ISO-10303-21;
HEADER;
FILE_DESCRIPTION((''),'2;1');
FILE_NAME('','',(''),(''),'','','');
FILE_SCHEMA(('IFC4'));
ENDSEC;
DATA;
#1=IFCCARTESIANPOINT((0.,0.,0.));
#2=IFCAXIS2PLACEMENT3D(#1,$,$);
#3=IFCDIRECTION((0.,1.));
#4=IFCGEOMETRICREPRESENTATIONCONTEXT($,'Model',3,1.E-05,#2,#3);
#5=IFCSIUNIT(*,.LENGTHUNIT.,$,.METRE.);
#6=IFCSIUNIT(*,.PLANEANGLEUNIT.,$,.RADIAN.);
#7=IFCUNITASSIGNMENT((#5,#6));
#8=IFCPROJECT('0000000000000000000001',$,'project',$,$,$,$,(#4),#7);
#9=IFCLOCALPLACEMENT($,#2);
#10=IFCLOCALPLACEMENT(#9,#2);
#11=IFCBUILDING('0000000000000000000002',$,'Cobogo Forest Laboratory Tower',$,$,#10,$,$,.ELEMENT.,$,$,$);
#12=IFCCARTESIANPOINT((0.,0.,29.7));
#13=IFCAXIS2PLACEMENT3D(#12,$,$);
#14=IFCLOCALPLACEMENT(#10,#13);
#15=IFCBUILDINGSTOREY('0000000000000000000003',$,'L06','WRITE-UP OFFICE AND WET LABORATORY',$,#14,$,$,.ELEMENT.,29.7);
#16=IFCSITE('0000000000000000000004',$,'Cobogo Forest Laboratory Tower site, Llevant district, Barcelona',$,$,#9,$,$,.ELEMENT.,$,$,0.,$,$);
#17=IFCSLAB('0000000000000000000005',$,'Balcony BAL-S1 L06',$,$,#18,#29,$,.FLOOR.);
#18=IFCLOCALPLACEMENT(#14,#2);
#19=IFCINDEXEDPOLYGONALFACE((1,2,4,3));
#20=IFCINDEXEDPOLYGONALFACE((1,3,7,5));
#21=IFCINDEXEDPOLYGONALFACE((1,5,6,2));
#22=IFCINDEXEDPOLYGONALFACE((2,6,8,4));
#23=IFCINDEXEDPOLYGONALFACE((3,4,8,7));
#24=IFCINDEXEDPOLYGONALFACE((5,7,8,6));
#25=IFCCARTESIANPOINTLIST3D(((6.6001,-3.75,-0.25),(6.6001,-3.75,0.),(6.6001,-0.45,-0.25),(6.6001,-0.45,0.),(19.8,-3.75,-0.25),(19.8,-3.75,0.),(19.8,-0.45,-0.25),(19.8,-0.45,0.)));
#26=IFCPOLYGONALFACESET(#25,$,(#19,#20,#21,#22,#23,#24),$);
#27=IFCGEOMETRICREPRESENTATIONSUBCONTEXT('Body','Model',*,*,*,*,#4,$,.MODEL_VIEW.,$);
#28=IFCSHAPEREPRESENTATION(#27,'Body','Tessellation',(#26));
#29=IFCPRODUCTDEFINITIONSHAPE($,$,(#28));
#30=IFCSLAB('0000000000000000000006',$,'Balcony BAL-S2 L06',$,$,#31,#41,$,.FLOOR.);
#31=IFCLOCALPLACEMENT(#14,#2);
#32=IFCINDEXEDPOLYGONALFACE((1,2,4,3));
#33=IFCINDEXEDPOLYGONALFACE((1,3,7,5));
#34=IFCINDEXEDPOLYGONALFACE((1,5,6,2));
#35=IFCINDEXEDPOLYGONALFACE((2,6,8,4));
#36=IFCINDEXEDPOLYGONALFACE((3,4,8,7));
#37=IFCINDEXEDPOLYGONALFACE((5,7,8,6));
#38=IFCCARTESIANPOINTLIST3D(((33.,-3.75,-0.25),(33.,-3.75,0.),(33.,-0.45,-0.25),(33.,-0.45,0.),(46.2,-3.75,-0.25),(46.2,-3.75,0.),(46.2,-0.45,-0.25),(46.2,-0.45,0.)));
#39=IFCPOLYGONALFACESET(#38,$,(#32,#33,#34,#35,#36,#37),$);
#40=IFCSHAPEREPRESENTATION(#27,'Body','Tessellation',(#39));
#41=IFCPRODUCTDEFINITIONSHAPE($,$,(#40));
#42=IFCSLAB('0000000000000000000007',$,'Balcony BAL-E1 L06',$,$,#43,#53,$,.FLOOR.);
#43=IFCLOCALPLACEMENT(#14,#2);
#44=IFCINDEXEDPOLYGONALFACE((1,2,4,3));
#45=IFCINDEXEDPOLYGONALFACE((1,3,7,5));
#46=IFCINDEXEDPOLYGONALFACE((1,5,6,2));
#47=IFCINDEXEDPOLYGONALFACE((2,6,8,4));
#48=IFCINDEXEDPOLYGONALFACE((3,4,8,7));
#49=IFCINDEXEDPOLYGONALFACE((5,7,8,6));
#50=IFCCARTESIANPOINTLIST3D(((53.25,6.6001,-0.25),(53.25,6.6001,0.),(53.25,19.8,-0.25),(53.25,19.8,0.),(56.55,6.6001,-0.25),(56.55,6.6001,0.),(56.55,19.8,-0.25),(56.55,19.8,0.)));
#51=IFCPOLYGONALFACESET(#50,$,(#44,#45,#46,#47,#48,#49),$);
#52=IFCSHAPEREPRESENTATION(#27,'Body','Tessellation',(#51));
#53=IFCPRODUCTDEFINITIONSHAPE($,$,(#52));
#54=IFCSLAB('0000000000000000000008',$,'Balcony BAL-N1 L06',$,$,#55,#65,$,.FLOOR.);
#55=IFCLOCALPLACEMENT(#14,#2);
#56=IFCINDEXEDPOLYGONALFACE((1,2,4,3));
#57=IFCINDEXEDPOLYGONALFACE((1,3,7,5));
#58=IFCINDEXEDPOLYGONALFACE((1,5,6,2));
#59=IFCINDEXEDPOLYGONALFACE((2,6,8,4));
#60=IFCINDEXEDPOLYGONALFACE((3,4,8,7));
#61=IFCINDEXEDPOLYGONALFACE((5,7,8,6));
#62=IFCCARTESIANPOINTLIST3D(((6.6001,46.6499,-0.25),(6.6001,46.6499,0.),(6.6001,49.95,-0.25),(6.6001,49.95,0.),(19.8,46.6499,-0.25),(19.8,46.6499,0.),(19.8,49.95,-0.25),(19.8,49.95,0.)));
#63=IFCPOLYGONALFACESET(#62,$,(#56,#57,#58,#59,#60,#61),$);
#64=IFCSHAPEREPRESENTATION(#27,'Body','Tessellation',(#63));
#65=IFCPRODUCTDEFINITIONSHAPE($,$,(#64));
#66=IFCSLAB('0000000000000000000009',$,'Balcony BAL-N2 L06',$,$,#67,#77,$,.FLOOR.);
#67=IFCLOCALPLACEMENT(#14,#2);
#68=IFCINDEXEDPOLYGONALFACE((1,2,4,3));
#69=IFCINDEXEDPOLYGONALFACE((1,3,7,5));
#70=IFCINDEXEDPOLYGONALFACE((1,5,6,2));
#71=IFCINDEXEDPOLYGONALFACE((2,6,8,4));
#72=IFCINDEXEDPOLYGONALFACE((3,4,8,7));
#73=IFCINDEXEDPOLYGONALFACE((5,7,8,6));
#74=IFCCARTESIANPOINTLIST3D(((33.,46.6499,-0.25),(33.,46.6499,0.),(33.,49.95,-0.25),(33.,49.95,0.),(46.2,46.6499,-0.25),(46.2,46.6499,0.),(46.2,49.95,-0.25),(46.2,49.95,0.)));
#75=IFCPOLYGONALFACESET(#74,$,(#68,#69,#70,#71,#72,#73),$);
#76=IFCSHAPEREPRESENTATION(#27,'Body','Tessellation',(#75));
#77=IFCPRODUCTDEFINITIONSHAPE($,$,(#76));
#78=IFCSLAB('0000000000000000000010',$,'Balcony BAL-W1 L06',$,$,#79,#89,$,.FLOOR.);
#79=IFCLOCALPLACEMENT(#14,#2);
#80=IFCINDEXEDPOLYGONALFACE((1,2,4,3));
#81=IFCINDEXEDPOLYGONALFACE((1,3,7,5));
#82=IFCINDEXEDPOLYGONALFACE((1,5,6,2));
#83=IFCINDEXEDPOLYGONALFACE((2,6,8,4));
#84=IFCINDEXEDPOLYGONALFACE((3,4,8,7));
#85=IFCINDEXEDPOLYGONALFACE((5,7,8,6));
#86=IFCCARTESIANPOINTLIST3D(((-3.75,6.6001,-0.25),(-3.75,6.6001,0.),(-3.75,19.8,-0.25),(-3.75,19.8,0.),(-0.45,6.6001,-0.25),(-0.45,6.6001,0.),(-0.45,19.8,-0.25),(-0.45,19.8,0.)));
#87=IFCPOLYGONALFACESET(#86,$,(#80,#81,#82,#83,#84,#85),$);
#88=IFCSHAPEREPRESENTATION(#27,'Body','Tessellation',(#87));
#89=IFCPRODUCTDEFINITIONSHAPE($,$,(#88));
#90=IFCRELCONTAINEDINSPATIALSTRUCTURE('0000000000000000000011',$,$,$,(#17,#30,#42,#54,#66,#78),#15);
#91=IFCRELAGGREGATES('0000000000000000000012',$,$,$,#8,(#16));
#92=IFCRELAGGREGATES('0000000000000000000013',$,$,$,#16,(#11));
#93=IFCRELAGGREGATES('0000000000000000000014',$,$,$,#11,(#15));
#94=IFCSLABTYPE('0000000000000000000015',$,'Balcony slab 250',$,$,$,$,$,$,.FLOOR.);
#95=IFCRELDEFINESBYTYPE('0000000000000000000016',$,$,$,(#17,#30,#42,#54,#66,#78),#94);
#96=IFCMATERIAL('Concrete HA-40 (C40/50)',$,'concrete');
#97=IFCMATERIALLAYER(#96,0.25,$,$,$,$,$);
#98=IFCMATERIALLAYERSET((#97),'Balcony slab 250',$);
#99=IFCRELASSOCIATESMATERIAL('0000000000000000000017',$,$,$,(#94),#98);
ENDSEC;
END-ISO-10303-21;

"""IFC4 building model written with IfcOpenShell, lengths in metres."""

from ifc_helpers import new_model, si_unit, direction, frame, origin, place, context, subcontext, project, spatial, polyline, outline, extrude, material, layer, layer_set, type_object, element, save


model = new_model("IFC4")

# Units and contexts
model_context = context("Model", 3, precision=1e-05, world=origin(), true_north=direction((0.0, 1.0)))
body_context = subcontext(model_context, "Body", "Model", "MODEL_VIEW")
ifc_project = project(units=[si_unit("LENGTHUNIT", "METRE"), si_unit("PLANEANGLEUNIT", "RADIAN")], contexts=[model_context])

# Site, building, storey
site_placement = place(None, origin())
site = spatial("IfcSite", under=ifc_project, at=site_placement, Name="Cobogo Forest Laboratory Tower site, Llevant district, Barcelona", CompositionType="ELEMENT", RefElevation=0.0)
building_placement = place(site_placement, origin())
building = spatial("IfcBuilding", under=site, at=building_placement, Name="Cobogo Forest Laboratory Tower", CompositionType="ELEMENT")
storey_placement = place(building_placement, frame((0.0, 0.0, 29.7)))
storey = spatial("IfcBuildingStorey", under=building, at=storey_placement, Name="L06", Description="WRITE-UP OFFICE AND WET LABORATORY", CompositionType="ELEMENT", Elevation=29.7)

# Slabs
ifc_material_1 = material(Name="Concrete HA-40 (C40/50)", Category="concrete")
ifc_layer_1 = layer(ifc_material_1, 0.25)
ifc_layer_set_1 = layer_set([ifc_layer_1], Name="Balcony slab 250")
slab_type_1 = type_object("IfcSlabType", Name="Balcony slab 250", PredefinedType="FLOOR", material=ifc_layer_set_1)
slab_1_placement = place(storey_placement, frame((0.0, 0.0, -0.25)))
element("IfcSlab", 1, at=slab_1_placement, inside=storey, type_object=slab_type_1, Name="Balcony BAL-S1 L06", PredefinedType="FLOOR", context=body_context, shape_type="SweptSolid", body=[
    extrude(outline(polyline([(6.6001, -3.75), (19.8, -3.75), (19.8, -0.45), (6.6001, -0.45), (6.6001, -3.75)])), origin(), (0.0, 0.0, 1.0), 0.25),
])
slab_2_placement = place(storey_placement, frame((0.0, 0.0, -0.25)))
element("IfcSlab", 2, at=slab_2_placement, inside=storey, type_object=slab_type_1, Name="Balcony BAL-S2 L06", PredefinedType="FLOOR", context=body_context, shape_type="SweptSolid", body=[
    extrude(outline(polyline([(33.0, -3.75), (46.2, -3.75), (46.2, -0.45), (33.0, -0.45), (33.0, -3.75)])), origin(), (0.0, 0.0, 1.0), 0.25),
])
slab_3_placement = place(storey_placement, frame((0.0, 0.0, -0.25)))
element("IfcSlab", 3, at=slab_3_placement, inside=storey, type_object=slab_type_1, Name="Balcony BAL-E1 L06", PredefinedType="FLOOR", context=body_context, shape_type="SweptSolid", body=[
    extrude(outline(polyline([(53.25, 6.6001), (56.55, 6.6001), (56.55, 19.8), (53.25, 19.8), (53.25, 6.6001)])), origin(), (0.0, 0.0, 1.0), 0.25),
])
slab_4_placement = place(storey_placement, frame((0.0, 0.0, -0.25)))
element("IfcSlab", 4, at=slab_4_placement, inside=storey, type_object=slab_type_1, Name="Balcony BAL-N1 L06", PredefinedType="FLOOR", context=body_context, shape_type="SweptSolid", body=[
    extrude(outline(polyline([(6.6001, 46.6499), (19.8, 46.6499), (19.8, 49.95), (6.6001, 49.95), (6.6001, 46.6499)])), origin(), (0.0, 0.0, 1.0), 0.25),
])
slab_5_placement = place(storey_placement, frame((0.0, 0.0, -0.25)))
element("IfcSlab", 5, at=slab_5_placement, inside=storey, type_object=slab_type_1, Name="Balcony BAL-N2 L06", PredefinedType="FLOOR", context=body_context, shape_type="SweptSolid", body=[
    extrude(outline(polyline([(33.0, 46.6499), (46.2, 46.6499), (46.2, 49.95), (33.0, 49.95), (33.0, 46.6499)])), origin(), (0.0, 0.0, 1.0), 0.25),
])
slab_6_placement = place(storey_placement, frame((0.0, 0.0, -0.25)))
element("IfcSlab", 6, at=slab_6_placement, inside=storey, type_object=slab_type_1, Name="Balcony BAL-W1 L06", PredefinedType="FLOOR", context=body_context, shape_type="SweptSolid", body=[
    extrude(outline(polyline([(-3.75, 6.6001), (-0.45, 6.6001), (-0.45, 19.8), (-3.75, 19.8), (-3.75, 6.6001)])), origin(), (0.0, 0.0, 1.0), 0.25),
])

save(model, "model.ifc")
